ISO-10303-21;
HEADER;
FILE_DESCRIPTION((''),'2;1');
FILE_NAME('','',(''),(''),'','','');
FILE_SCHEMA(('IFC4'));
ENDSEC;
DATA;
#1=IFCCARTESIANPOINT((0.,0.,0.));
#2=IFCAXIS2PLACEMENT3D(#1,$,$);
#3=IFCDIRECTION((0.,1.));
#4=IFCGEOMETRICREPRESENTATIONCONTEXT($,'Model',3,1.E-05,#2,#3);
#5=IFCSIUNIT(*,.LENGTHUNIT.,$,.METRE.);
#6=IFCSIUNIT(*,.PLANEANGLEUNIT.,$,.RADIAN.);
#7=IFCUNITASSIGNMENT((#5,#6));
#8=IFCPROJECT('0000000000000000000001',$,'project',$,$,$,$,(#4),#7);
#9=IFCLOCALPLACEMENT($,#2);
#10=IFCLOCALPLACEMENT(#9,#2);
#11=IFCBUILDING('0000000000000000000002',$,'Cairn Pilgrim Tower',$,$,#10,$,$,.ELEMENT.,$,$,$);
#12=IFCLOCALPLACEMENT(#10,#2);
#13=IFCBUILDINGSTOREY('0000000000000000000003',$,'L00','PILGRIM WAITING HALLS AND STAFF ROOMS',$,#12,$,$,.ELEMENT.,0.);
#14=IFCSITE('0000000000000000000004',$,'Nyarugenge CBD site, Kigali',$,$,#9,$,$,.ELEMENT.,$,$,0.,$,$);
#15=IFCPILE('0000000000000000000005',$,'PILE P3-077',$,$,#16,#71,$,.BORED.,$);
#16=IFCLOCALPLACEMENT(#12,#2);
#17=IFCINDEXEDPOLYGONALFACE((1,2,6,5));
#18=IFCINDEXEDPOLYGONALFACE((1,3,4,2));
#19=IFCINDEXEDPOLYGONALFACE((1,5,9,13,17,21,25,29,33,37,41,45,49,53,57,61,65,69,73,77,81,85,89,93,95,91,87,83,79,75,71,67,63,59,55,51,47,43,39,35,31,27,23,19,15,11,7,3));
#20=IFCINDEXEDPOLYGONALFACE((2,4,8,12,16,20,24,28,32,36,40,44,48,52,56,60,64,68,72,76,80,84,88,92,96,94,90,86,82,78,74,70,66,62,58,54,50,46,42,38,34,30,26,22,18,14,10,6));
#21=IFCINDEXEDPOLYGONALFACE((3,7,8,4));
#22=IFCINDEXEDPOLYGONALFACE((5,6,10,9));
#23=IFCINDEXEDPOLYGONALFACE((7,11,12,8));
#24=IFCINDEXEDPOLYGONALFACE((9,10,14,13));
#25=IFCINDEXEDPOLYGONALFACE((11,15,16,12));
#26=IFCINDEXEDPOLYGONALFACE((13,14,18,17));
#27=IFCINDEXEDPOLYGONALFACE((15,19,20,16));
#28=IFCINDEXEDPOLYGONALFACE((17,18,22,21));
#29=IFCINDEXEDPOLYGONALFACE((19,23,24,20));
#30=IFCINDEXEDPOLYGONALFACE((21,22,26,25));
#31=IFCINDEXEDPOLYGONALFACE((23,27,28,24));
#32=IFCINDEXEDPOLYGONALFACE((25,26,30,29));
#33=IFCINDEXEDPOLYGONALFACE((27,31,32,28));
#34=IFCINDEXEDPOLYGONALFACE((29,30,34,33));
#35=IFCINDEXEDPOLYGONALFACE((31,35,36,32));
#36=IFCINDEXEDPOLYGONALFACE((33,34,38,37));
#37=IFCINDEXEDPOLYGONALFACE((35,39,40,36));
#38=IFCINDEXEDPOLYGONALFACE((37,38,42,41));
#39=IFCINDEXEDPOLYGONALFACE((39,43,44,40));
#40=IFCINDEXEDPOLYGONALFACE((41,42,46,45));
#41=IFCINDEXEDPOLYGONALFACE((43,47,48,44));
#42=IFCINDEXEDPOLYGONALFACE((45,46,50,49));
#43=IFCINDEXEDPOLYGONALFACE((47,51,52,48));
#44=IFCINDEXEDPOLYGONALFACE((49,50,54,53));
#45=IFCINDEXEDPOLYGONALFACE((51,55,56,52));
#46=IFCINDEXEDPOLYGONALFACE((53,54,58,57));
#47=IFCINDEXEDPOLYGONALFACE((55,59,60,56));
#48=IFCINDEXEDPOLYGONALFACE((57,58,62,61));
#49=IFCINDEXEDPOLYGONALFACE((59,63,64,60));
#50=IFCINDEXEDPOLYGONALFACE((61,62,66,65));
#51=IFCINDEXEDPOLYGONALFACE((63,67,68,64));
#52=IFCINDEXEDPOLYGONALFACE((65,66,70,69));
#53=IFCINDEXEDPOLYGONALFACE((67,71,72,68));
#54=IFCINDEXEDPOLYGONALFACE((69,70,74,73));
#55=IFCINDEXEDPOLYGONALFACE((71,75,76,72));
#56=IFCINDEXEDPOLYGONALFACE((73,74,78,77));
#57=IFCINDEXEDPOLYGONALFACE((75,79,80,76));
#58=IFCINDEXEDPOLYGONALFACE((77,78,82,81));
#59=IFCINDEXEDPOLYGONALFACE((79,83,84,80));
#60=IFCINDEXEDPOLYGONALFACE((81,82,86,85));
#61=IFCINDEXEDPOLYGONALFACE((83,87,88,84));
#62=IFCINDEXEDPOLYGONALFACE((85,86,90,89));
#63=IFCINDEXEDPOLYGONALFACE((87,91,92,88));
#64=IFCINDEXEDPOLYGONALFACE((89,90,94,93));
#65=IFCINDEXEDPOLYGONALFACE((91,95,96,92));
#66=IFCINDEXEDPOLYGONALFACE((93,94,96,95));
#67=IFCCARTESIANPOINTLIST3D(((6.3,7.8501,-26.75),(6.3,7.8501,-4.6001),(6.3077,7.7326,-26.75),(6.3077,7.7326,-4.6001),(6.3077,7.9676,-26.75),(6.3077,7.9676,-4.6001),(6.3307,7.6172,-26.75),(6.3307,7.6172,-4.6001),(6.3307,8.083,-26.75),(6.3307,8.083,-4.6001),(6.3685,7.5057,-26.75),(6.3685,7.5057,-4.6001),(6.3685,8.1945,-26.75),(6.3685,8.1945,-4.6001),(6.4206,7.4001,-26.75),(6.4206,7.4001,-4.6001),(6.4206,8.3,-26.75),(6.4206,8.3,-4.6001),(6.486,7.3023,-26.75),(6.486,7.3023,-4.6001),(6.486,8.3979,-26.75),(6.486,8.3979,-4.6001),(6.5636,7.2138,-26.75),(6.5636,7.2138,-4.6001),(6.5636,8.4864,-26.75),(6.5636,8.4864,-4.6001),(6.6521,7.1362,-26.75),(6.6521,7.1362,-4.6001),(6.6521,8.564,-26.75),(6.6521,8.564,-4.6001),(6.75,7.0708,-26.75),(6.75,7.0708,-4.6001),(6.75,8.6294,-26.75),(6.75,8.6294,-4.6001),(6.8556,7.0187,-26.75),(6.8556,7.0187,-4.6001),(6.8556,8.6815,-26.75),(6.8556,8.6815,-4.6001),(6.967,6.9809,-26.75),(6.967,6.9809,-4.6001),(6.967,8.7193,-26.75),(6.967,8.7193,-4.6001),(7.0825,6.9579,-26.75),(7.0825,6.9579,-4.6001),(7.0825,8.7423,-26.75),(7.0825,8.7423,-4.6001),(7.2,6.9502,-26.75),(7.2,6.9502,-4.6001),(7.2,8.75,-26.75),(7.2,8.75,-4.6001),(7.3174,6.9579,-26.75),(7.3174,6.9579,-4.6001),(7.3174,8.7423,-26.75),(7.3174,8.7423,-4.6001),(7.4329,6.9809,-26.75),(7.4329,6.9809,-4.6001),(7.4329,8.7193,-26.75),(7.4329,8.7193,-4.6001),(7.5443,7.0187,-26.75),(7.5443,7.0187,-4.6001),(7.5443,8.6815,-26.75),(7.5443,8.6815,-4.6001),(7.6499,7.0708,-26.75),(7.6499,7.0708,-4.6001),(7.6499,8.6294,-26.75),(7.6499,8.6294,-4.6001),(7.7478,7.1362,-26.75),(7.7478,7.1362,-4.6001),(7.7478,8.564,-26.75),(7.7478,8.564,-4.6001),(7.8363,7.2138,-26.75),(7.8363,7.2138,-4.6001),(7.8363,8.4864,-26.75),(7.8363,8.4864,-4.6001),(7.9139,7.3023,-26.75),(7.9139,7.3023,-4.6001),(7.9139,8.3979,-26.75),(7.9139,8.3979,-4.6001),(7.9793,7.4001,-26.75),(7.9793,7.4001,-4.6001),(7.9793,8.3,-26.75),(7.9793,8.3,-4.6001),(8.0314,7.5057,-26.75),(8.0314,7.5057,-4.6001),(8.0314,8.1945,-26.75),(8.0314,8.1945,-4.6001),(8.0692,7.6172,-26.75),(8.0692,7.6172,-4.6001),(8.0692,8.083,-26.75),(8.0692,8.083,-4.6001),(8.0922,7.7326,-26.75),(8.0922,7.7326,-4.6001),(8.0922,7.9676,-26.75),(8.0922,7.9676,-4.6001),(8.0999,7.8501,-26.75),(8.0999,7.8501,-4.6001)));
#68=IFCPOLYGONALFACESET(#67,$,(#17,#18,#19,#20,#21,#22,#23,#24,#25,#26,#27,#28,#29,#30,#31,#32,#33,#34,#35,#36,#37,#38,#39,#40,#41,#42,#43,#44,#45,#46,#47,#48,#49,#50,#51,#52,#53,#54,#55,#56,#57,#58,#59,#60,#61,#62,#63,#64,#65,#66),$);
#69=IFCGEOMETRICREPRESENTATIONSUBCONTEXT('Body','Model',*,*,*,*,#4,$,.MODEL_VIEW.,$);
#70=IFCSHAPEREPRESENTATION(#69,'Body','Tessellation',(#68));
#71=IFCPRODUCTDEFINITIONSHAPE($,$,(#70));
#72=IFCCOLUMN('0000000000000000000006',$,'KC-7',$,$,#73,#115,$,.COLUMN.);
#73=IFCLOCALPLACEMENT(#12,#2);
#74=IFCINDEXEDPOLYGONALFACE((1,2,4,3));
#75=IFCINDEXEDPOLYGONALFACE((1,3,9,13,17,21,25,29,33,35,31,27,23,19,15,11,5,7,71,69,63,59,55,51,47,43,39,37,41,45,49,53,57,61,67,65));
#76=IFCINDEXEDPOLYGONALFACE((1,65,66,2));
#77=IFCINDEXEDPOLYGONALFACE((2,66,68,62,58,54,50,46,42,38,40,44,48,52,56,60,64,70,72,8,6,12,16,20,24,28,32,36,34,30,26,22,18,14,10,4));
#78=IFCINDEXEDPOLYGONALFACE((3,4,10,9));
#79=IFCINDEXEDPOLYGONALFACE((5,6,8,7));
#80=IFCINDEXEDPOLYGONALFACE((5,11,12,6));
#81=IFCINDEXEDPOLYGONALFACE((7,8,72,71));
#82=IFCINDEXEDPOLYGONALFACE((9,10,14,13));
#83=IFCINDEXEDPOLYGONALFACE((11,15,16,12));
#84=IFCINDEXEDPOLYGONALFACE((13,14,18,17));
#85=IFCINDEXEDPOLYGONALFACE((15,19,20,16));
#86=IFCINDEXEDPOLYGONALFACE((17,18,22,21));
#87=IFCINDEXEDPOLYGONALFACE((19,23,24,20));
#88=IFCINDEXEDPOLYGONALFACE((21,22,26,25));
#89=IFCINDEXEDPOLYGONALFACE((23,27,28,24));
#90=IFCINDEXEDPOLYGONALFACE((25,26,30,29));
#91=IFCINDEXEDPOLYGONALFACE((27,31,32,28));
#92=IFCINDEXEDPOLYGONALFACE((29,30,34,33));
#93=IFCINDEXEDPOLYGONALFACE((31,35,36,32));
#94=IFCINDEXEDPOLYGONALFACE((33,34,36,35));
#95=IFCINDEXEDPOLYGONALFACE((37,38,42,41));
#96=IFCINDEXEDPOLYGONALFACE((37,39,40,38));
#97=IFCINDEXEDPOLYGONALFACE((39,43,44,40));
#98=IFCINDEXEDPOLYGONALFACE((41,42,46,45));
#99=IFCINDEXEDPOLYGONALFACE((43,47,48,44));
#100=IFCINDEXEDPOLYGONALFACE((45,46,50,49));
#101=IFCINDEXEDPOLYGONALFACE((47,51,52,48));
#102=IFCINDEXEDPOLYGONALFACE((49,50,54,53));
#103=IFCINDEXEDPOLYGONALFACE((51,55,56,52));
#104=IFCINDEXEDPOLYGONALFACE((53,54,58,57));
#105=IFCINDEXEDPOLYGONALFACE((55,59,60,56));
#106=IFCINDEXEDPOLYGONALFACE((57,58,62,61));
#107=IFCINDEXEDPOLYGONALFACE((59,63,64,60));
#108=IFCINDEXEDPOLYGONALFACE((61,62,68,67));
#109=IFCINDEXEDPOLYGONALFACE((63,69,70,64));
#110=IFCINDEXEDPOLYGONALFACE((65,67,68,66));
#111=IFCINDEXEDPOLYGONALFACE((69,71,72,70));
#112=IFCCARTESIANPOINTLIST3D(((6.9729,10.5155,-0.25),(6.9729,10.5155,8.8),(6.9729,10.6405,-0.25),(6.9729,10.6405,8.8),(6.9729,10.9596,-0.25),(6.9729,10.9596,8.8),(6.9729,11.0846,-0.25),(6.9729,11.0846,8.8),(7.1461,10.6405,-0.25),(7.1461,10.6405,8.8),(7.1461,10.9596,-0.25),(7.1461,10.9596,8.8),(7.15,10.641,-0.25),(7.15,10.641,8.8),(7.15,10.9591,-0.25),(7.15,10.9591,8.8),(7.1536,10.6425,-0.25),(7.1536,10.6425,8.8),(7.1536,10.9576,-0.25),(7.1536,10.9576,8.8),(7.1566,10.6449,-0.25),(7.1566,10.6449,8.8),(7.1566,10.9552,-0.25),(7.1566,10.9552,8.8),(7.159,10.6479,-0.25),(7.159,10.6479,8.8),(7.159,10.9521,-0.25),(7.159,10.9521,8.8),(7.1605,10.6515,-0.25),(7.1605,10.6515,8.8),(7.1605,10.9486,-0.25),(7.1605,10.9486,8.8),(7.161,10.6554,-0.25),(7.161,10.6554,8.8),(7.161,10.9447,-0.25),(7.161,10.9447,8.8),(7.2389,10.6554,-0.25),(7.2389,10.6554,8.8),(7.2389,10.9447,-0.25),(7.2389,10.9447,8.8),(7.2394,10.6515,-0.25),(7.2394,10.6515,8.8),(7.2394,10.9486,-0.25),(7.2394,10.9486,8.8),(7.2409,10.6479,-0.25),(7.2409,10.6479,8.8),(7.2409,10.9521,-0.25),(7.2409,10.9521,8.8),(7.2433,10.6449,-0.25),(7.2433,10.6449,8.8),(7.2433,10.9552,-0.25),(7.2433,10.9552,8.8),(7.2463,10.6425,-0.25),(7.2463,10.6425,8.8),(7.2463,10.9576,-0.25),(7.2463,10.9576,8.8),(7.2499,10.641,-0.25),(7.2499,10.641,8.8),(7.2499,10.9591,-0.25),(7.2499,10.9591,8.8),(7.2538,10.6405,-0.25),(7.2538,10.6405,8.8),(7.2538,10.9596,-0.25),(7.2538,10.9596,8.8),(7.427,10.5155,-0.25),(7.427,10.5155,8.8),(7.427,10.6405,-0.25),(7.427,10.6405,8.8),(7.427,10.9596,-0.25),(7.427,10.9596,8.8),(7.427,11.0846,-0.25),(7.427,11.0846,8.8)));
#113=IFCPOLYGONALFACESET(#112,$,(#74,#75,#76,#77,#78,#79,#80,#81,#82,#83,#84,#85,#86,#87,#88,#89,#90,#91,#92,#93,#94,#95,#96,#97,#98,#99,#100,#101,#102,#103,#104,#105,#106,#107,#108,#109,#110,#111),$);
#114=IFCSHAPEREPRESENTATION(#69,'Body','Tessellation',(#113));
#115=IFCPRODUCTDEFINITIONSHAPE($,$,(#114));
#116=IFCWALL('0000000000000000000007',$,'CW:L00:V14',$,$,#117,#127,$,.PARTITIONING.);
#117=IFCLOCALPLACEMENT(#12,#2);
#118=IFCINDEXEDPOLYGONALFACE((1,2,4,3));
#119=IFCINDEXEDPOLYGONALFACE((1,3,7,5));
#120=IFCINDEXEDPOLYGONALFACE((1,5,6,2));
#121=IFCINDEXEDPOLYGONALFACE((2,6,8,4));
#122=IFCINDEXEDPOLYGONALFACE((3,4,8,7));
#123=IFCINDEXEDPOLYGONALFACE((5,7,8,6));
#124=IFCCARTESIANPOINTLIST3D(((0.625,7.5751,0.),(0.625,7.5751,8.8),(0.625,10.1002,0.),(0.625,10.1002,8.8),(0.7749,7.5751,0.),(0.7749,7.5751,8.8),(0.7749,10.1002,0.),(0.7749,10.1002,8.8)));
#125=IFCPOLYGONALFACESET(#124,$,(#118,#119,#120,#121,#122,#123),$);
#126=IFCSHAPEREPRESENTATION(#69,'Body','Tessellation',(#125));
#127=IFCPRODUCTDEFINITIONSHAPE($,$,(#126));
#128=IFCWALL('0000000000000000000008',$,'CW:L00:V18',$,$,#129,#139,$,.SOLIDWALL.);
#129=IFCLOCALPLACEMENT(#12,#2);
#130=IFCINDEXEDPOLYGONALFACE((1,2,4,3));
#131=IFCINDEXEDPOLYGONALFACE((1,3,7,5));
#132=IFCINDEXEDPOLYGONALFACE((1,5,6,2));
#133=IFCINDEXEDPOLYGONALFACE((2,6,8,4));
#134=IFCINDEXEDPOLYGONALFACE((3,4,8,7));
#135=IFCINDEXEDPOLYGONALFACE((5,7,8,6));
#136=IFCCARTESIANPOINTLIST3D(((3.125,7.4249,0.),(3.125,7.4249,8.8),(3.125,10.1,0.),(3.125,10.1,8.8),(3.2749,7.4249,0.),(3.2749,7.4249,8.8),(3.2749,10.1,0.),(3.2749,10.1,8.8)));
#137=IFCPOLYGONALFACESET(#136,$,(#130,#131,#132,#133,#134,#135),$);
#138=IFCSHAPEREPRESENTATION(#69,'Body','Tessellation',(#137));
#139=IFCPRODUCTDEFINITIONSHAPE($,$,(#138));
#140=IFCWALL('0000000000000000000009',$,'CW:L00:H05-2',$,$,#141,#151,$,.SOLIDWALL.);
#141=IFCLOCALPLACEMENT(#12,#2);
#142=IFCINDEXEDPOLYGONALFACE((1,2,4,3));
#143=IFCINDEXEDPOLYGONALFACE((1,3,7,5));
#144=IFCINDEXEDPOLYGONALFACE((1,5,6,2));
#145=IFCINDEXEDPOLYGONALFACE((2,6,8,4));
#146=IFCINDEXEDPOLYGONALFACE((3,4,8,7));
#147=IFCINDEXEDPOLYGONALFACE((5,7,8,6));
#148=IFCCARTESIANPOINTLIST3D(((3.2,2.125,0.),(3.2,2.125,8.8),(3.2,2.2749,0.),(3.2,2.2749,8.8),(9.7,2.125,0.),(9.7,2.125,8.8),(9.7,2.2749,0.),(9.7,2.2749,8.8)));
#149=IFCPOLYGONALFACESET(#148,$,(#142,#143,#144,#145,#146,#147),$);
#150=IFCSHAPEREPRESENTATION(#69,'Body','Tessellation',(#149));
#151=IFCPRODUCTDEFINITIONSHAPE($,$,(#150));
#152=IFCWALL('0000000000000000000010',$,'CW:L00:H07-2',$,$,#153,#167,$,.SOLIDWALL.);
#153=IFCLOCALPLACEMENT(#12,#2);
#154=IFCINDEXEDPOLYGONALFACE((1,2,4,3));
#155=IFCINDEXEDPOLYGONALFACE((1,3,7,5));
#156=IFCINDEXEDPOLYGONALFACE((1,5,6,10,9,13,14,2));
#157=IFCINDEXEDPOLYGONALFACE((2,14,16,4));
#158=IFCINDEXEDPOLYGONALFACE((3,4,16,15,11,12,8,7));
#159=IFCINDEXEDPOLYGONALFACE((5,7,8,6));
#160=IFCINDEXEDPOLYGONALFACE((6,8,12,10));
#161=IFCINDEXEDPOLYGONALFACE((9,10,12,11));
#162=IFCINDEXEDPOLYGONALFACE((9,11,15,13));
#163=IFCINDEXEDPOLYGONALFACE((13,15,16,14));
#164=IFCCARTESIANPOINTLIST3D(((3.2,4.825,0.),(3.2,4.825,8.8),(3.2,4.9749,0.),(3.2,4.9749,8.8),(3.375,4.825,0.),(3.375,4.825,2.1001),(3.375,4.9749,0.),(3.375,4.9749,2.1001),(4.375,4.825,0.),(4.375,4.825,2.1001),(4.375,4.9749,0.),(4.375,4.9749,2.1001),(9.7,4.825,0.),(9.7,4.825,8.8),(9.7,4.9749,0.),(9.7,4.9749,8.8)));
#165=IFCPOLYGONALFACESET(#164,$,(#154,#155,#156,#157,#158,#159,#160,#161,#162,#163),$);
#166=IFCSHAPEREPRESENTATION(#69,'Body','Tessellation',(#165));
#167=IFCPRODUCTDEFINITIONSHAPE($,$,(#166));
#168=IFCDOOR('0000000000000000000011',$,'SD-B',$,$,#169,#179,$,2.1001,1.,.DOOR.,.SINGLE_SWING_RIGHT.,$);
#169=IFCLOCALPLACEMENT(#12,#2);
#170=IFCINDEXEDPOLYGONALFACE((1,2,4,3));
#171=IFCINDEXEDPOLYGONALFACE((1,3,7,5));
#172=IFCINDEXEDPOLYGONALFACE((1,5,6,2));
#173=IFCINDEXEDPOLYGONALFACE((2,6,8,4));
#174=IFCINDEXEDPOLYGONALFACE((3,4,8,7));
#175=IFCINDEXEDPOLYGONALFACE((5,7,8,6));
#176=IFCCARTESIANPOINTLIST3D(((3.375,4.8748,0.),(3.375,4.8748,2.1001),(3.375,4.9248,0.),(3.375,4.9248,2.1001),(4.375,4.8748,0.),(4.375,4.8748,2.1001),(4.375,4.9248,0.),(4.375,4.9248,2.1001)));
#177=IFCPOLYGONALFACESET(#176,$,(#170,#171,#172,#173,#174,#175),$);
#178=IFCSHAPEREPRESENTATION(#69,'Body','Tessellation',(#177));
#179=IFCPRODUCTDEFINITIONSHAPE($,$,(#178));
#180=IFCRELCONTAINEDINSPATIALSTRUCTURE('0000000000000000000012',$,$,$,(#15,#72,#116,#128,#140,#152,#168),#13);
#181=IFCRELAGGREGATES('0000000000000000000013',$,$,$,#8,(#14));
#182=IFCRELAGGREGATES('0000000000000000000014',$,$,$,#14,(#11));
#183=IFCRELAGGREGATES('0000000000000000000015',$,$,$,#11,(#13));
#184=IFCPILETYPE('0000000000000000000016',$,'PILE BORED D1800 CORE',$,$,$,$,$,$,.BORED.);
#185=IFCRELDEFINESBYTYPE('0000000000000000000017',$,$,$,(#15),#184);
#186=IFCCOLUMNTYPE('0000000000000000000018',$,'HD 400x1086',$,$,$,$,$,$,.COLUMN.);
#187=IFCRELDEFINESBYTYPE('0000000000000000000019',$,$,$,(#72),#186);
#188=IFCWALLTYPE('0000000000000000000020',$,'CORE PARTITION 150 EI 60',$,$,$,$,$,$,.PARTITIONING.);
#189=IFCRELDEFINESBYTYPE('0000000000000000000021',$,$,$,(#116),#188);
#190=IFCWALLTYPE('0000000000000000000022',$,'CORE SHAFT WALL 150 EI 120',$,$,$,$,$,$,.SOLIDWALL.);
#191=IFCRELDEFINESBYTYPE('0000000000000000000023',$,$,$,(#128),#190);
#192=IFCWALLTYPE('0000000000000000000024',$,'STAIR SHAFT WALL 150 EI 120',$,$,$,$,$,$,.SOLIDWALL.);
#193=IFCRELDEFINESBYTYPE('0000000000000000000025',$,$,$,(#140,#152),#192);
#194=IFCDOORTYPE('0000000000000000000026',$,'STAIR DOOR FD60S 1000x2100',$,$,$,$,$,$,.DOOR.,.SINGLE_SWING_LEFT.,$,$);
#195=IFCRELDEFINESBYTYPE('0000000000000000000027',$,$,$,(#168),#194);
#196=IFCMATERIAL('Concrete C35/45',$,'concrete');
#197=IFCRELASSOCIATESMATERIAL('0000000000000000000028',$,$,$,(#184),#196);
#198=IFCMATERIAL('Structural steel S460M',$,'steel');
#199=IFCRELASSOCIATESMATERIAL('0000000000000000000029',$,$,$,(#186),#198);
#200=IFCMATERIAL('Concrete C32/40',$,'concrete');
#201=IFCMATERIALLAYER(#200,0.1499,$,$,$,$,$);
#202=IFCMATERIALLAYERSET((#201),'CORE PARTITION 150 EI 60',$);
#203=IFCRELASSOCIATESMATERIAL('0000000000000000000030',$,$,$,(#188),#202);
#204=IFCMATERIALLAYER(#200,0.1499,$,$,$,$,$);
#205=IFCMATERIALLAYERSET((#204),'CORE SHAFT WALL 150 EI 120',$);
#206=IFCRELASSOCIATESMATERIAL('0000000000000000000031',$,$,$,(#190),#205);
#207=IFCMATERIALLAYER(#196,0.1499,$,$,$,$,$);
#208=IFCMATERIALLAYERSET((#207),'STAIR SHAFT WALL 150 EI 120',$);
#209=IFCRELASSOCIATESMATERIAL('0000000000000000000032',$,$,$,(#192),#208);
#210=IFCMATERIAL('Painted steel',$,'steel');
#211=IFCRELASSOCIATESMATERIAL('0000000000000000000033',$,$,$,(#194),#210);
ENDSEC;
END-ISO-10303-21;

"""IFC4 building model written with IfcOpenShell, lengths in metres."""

from ifc_helpers import new_model, si_unit, direction, frame, frame_2d, origin, origin_2d, place, context, subcontext, project, spatial, rectangle, circle, i_section, extrude, material, layer, layer_set, material_profile, profile_set, type_object, element, fill, save


model = new_model("IFC4")

# Units and contexts
model_context = context("Model", 3, precision=1e-05, world=origin(), true_north=direction((0.0, 1.0)))
body_context = subcontext(model_context, "Body", "Model", "MODEL_VIEW")
ifc_project = project(units=[si_unit("LENGTHUNIT", "METRE"), si_unit("PLANEANGLEUNIT", "RADIAN")], contexts=[model_context])

# Site, building, storey
site_placement = place(None, origin())
site = spatial("IfcSite", under=ifc_project, at=site_placement, Name="Nyarugenge CBD site, Kigali", CompositionType="ELEMENT", RefElevation=0.0)
building_placement = place(site_placement, origin())
building = spatial("IfcBuilding", under=site, at=building_placement, Name="Cairn Pilgrim Tower", CompositionType="ELEMENT")
storey_placement = place(building_placement, origin())
storey = spatial("IfcBuildingStorey", under=building, at=storey_placement, Name="L00", Description="PILGRIM WAITING HALLS AND STAFF ROOMS", CompositionType="ELEMENT", Elevation=0.0)

# Pile
ifc_material_1 = material(Name="Concrete C35/45", Category="concrete")
ifc_material_profile_1 = material_profile(ifc_material_1, circle(Radius=0.8999, at=origin_2d()), Name="D1800")
ifc_profile_set_1 = profile_set([ifc_material_profile_1], Name="Concrete C35/45")
pile_type = type_object("IfcPileType", Name="PILE BORED D1800 CORE", PredefinedType="BORED", material=ifc_profile_set_1)
for number, where, z_axis, x_axis, name in (
    (1, (7.2, 7.8501, -4.6001), (0.0, 0.0, -1.0), (1.0, 0.0, 0.0), "PILE P3-077"),
):
    element("IfcPile", number, at=place(storey_placement, frame(where, z_axis=z_axis, x_axis=x_axis)), inside=storey, type_object=pile_type, Name=name, PredefinedType="BORED", context=body_context, shape_type="SweptSolid", body=[
        extrude(circle(Radius=0.8999, at=origin_2d()), origin(), (0.0, 0.0, 1.0), 22.1499),
    ])

# Column
ifc_material_2 = material(Name="Structural steel S460M", Category="steel")
ifc_material_profile_2 = material_profile(ifc_material_2, i_section(OverallWidth=0.4541, OverallDepth=0.5691, WebThickness=0.0779, FlangeThickness=0.125, FilletRadius=0.0149, at=origin_2d()), Name="HD 400x1086")
ifc_profile_set_2 = profile_set([ifc_material_profile_2], Name="Structural steel S460M")
column_type = type_object("IfcColumnType", Name="HD 400x1086", PredefinedType="COLUMN", material=ifc_profile_set_2)
column_placement = place(storey_placement, frame((7.2, 10.8, -0.25), z_axis=(0.0, 0.0, 1.0), x_axis=(1.0, 0.0, 0.0)))
element("IfcColumn", 2, at=column_placement, inside=storey, type_object=column_type, Name="KC-7", PredefinedType="COLUMN", context=body_context, shape_type="SweptSolid", body=[
    extrude(i_section(OverallWidth=0.4541, OverallDepth=0.5691, WebThickness=0.0779, FlangeThickness=0.125, FilletRadius=0.0149, at=origin_2d()), origin(), (0.0, 0.0, 1.0), 9.05),
])

# Walls
ifc_material_3 = material(Name="Concrete C32/40", Category="concrete")
ifc_layer_1 = layer(ifc_material_3, 0.1499)
ifc_layer_set_1 = layer_set([ifc_layer_1], Name="CORE PARTITION 150 EI 60")
wall_type_1 = type_object("IfcWallType", Name="CORE PARTITION 150 EI 60", PredefinedType="PARTITIONING", material=ifc_layer_set_1)
wall_1_placement = place(storey_placement, frame((0.7, 7.575, 0.0), z_axis=(0.0, 0.0, 1.0), x_axis=(0.0, 1.0, 0.0)))
element("IfcWall", 3, at=wall_1_placement, inside=storey, type_object=wall_type_1, Name="CW:L00:V14", PredefinedType="PARTITIONING", context=body_context, shape_type="SweptSolid", body=[
    extrude(rectangle(XDim=2.5251, YDim=0.1499, at=frame_2d((1.2627, 0.0))), origin(), (0.0, 0.0, 1.0), 8.8),
])
ifc_layer_2 = layer(ifc_material_3, 0.1499)
ifc_layer_set_2 = layer_set([ifc_layer_2], Name="CORE SHAFT WALL 150 EI 120")
wall_type_2 = type_object("IfcWallType", Name="CORE SHAFT WALL 150 EI 120", PredefinedType="SOLIDWALL", material=ifc_layer_set_2)
wall_2_placement = place(storey_placement, frame((3.2, 7.425, 0.0), z_axis=(0.0, 0.0, 1.0), x_axis=(0.0, 1.0, 0.0)))
element("IfcWall", 4, at=wall_2_placement, inside=storey, type_object=wall_type_2, Name="CW:L00:V18", PredefinedType="SOLIDWALL", context=body_context, shape_type="SweptSolid", body=[
    extrude(rectangle(XDim=2.675, YDim=0.1499, at=frame_2d((1.3374, 0.0))), origin(), (0.0, 0.0, 1.0), 8.8),
])
ifc_layer_3 = layer(ifc_material_1, 0.1499)
ifc_layer_set_3 = layer_set([ifc_layer_3], Name="STAIR SHAFT WALL 150 EI 120")
wall_type_3 = type_object("IfcWallType", Name="STAIR SHAFT WALL 150 EI 120", PredefinedType="SOLIDWALL", material=ifc_layer_set_3)
wall_3_placement = place(storey_placement, frame((3.2, 2.2, 0.0), z_axis=(0.0, 0.0, 1.0), x_axis=(1.0, 0.0, 0.0)))
element("IfcWall", 5, at=wall_3_placement, inside=storey, type_object=wall_type_3, Name="CW:L00:H05-2", PredefinedType="SOLIDWALL", context=body_context, shape_type="SweptSolid", body=[
    extrude(rectangle(XDim=6.5, YDim=0.1499, at=frame_2d((3.25, 0.0))), origin(), (0.0, 0.0, 1.0), 8.8),
])

# Wall, opening, door
wall_4_placement = place(storey_placement, frame((3.2, 4.8999, 0.0), z_axis=(0.0, 0.0, 1.0), x_axis=(1.0, 0.0, 0.0)))
wall_4 = element("IfcWall", 6, at=wall_4_placement, inside=storey, type_object=wall_type_3, Name="CW:L00:H07-2", PredefinedType="SOLIDWALL", context=body_context, shape_type="SweptSolid", body=[
    extrude(rectangle(XDim=6.5, YDim=0.1499, at=frame_2d((3.25, 0.0))), origin(), (0.0, 0.0, 1.0), 8.8),
])
opening_1_placement = place(wall_4_placement, frame((0.175, 0.0, 0.0)))
opening_1 = element("IfcOpeningElement", 7, at=opening_1_placement, cuts=wall_4, PredefinedType="OPENING", context=body_context, shape_type="SweptSolid", body=[
    extrude(rectangle(XDim=1.0, YDim=2.1001, at=frame_2d((0.5, 1.05))), frame((0.0, 0.085, 0.0), z_axis=(0.0, -1.0, 0.0), x_axis=(1.0, 0.0, 0.0)), (0.0, 0.0, 1.0), 0.1699),
])
ifc_material_4 = material(Name="Painted steel", Category="steel")
door_type = type_object("IfcDoorType", Name="STAIR DOOR FD60S 1000x2100", OperationType="SINGLE_SWING_LEFT", PredefinedType="DOOR", material=ifc_material_4)
door_1_placement = place(opening_1_placement, origin())
door_1 = element("IfcDoor", 8, at=door_1_placement, inside=storey, type_object=door_type, Name="SD-B", OperationType="SINGLE_SWING_RIGHT", OverallHeight=2.1001, OverallWidth=1.0, PredefinedType="DOOR", context=body_context, shape_type="SweptSolid", body=[
    extrude(rectangle(XDim=1.0, YDim=2.1001, at=frame_2d((0.5, 1.05))), frame((0.0, 0.0249, 0.0), z_axis=(0.0, -1.0, 0.0), x_axis=(1.0, 0.0, 0.0)), (0.0, 0.0, 1.0), 0.05),
])
fill(opening_1, door_1)

save(model, "model.ifc")
